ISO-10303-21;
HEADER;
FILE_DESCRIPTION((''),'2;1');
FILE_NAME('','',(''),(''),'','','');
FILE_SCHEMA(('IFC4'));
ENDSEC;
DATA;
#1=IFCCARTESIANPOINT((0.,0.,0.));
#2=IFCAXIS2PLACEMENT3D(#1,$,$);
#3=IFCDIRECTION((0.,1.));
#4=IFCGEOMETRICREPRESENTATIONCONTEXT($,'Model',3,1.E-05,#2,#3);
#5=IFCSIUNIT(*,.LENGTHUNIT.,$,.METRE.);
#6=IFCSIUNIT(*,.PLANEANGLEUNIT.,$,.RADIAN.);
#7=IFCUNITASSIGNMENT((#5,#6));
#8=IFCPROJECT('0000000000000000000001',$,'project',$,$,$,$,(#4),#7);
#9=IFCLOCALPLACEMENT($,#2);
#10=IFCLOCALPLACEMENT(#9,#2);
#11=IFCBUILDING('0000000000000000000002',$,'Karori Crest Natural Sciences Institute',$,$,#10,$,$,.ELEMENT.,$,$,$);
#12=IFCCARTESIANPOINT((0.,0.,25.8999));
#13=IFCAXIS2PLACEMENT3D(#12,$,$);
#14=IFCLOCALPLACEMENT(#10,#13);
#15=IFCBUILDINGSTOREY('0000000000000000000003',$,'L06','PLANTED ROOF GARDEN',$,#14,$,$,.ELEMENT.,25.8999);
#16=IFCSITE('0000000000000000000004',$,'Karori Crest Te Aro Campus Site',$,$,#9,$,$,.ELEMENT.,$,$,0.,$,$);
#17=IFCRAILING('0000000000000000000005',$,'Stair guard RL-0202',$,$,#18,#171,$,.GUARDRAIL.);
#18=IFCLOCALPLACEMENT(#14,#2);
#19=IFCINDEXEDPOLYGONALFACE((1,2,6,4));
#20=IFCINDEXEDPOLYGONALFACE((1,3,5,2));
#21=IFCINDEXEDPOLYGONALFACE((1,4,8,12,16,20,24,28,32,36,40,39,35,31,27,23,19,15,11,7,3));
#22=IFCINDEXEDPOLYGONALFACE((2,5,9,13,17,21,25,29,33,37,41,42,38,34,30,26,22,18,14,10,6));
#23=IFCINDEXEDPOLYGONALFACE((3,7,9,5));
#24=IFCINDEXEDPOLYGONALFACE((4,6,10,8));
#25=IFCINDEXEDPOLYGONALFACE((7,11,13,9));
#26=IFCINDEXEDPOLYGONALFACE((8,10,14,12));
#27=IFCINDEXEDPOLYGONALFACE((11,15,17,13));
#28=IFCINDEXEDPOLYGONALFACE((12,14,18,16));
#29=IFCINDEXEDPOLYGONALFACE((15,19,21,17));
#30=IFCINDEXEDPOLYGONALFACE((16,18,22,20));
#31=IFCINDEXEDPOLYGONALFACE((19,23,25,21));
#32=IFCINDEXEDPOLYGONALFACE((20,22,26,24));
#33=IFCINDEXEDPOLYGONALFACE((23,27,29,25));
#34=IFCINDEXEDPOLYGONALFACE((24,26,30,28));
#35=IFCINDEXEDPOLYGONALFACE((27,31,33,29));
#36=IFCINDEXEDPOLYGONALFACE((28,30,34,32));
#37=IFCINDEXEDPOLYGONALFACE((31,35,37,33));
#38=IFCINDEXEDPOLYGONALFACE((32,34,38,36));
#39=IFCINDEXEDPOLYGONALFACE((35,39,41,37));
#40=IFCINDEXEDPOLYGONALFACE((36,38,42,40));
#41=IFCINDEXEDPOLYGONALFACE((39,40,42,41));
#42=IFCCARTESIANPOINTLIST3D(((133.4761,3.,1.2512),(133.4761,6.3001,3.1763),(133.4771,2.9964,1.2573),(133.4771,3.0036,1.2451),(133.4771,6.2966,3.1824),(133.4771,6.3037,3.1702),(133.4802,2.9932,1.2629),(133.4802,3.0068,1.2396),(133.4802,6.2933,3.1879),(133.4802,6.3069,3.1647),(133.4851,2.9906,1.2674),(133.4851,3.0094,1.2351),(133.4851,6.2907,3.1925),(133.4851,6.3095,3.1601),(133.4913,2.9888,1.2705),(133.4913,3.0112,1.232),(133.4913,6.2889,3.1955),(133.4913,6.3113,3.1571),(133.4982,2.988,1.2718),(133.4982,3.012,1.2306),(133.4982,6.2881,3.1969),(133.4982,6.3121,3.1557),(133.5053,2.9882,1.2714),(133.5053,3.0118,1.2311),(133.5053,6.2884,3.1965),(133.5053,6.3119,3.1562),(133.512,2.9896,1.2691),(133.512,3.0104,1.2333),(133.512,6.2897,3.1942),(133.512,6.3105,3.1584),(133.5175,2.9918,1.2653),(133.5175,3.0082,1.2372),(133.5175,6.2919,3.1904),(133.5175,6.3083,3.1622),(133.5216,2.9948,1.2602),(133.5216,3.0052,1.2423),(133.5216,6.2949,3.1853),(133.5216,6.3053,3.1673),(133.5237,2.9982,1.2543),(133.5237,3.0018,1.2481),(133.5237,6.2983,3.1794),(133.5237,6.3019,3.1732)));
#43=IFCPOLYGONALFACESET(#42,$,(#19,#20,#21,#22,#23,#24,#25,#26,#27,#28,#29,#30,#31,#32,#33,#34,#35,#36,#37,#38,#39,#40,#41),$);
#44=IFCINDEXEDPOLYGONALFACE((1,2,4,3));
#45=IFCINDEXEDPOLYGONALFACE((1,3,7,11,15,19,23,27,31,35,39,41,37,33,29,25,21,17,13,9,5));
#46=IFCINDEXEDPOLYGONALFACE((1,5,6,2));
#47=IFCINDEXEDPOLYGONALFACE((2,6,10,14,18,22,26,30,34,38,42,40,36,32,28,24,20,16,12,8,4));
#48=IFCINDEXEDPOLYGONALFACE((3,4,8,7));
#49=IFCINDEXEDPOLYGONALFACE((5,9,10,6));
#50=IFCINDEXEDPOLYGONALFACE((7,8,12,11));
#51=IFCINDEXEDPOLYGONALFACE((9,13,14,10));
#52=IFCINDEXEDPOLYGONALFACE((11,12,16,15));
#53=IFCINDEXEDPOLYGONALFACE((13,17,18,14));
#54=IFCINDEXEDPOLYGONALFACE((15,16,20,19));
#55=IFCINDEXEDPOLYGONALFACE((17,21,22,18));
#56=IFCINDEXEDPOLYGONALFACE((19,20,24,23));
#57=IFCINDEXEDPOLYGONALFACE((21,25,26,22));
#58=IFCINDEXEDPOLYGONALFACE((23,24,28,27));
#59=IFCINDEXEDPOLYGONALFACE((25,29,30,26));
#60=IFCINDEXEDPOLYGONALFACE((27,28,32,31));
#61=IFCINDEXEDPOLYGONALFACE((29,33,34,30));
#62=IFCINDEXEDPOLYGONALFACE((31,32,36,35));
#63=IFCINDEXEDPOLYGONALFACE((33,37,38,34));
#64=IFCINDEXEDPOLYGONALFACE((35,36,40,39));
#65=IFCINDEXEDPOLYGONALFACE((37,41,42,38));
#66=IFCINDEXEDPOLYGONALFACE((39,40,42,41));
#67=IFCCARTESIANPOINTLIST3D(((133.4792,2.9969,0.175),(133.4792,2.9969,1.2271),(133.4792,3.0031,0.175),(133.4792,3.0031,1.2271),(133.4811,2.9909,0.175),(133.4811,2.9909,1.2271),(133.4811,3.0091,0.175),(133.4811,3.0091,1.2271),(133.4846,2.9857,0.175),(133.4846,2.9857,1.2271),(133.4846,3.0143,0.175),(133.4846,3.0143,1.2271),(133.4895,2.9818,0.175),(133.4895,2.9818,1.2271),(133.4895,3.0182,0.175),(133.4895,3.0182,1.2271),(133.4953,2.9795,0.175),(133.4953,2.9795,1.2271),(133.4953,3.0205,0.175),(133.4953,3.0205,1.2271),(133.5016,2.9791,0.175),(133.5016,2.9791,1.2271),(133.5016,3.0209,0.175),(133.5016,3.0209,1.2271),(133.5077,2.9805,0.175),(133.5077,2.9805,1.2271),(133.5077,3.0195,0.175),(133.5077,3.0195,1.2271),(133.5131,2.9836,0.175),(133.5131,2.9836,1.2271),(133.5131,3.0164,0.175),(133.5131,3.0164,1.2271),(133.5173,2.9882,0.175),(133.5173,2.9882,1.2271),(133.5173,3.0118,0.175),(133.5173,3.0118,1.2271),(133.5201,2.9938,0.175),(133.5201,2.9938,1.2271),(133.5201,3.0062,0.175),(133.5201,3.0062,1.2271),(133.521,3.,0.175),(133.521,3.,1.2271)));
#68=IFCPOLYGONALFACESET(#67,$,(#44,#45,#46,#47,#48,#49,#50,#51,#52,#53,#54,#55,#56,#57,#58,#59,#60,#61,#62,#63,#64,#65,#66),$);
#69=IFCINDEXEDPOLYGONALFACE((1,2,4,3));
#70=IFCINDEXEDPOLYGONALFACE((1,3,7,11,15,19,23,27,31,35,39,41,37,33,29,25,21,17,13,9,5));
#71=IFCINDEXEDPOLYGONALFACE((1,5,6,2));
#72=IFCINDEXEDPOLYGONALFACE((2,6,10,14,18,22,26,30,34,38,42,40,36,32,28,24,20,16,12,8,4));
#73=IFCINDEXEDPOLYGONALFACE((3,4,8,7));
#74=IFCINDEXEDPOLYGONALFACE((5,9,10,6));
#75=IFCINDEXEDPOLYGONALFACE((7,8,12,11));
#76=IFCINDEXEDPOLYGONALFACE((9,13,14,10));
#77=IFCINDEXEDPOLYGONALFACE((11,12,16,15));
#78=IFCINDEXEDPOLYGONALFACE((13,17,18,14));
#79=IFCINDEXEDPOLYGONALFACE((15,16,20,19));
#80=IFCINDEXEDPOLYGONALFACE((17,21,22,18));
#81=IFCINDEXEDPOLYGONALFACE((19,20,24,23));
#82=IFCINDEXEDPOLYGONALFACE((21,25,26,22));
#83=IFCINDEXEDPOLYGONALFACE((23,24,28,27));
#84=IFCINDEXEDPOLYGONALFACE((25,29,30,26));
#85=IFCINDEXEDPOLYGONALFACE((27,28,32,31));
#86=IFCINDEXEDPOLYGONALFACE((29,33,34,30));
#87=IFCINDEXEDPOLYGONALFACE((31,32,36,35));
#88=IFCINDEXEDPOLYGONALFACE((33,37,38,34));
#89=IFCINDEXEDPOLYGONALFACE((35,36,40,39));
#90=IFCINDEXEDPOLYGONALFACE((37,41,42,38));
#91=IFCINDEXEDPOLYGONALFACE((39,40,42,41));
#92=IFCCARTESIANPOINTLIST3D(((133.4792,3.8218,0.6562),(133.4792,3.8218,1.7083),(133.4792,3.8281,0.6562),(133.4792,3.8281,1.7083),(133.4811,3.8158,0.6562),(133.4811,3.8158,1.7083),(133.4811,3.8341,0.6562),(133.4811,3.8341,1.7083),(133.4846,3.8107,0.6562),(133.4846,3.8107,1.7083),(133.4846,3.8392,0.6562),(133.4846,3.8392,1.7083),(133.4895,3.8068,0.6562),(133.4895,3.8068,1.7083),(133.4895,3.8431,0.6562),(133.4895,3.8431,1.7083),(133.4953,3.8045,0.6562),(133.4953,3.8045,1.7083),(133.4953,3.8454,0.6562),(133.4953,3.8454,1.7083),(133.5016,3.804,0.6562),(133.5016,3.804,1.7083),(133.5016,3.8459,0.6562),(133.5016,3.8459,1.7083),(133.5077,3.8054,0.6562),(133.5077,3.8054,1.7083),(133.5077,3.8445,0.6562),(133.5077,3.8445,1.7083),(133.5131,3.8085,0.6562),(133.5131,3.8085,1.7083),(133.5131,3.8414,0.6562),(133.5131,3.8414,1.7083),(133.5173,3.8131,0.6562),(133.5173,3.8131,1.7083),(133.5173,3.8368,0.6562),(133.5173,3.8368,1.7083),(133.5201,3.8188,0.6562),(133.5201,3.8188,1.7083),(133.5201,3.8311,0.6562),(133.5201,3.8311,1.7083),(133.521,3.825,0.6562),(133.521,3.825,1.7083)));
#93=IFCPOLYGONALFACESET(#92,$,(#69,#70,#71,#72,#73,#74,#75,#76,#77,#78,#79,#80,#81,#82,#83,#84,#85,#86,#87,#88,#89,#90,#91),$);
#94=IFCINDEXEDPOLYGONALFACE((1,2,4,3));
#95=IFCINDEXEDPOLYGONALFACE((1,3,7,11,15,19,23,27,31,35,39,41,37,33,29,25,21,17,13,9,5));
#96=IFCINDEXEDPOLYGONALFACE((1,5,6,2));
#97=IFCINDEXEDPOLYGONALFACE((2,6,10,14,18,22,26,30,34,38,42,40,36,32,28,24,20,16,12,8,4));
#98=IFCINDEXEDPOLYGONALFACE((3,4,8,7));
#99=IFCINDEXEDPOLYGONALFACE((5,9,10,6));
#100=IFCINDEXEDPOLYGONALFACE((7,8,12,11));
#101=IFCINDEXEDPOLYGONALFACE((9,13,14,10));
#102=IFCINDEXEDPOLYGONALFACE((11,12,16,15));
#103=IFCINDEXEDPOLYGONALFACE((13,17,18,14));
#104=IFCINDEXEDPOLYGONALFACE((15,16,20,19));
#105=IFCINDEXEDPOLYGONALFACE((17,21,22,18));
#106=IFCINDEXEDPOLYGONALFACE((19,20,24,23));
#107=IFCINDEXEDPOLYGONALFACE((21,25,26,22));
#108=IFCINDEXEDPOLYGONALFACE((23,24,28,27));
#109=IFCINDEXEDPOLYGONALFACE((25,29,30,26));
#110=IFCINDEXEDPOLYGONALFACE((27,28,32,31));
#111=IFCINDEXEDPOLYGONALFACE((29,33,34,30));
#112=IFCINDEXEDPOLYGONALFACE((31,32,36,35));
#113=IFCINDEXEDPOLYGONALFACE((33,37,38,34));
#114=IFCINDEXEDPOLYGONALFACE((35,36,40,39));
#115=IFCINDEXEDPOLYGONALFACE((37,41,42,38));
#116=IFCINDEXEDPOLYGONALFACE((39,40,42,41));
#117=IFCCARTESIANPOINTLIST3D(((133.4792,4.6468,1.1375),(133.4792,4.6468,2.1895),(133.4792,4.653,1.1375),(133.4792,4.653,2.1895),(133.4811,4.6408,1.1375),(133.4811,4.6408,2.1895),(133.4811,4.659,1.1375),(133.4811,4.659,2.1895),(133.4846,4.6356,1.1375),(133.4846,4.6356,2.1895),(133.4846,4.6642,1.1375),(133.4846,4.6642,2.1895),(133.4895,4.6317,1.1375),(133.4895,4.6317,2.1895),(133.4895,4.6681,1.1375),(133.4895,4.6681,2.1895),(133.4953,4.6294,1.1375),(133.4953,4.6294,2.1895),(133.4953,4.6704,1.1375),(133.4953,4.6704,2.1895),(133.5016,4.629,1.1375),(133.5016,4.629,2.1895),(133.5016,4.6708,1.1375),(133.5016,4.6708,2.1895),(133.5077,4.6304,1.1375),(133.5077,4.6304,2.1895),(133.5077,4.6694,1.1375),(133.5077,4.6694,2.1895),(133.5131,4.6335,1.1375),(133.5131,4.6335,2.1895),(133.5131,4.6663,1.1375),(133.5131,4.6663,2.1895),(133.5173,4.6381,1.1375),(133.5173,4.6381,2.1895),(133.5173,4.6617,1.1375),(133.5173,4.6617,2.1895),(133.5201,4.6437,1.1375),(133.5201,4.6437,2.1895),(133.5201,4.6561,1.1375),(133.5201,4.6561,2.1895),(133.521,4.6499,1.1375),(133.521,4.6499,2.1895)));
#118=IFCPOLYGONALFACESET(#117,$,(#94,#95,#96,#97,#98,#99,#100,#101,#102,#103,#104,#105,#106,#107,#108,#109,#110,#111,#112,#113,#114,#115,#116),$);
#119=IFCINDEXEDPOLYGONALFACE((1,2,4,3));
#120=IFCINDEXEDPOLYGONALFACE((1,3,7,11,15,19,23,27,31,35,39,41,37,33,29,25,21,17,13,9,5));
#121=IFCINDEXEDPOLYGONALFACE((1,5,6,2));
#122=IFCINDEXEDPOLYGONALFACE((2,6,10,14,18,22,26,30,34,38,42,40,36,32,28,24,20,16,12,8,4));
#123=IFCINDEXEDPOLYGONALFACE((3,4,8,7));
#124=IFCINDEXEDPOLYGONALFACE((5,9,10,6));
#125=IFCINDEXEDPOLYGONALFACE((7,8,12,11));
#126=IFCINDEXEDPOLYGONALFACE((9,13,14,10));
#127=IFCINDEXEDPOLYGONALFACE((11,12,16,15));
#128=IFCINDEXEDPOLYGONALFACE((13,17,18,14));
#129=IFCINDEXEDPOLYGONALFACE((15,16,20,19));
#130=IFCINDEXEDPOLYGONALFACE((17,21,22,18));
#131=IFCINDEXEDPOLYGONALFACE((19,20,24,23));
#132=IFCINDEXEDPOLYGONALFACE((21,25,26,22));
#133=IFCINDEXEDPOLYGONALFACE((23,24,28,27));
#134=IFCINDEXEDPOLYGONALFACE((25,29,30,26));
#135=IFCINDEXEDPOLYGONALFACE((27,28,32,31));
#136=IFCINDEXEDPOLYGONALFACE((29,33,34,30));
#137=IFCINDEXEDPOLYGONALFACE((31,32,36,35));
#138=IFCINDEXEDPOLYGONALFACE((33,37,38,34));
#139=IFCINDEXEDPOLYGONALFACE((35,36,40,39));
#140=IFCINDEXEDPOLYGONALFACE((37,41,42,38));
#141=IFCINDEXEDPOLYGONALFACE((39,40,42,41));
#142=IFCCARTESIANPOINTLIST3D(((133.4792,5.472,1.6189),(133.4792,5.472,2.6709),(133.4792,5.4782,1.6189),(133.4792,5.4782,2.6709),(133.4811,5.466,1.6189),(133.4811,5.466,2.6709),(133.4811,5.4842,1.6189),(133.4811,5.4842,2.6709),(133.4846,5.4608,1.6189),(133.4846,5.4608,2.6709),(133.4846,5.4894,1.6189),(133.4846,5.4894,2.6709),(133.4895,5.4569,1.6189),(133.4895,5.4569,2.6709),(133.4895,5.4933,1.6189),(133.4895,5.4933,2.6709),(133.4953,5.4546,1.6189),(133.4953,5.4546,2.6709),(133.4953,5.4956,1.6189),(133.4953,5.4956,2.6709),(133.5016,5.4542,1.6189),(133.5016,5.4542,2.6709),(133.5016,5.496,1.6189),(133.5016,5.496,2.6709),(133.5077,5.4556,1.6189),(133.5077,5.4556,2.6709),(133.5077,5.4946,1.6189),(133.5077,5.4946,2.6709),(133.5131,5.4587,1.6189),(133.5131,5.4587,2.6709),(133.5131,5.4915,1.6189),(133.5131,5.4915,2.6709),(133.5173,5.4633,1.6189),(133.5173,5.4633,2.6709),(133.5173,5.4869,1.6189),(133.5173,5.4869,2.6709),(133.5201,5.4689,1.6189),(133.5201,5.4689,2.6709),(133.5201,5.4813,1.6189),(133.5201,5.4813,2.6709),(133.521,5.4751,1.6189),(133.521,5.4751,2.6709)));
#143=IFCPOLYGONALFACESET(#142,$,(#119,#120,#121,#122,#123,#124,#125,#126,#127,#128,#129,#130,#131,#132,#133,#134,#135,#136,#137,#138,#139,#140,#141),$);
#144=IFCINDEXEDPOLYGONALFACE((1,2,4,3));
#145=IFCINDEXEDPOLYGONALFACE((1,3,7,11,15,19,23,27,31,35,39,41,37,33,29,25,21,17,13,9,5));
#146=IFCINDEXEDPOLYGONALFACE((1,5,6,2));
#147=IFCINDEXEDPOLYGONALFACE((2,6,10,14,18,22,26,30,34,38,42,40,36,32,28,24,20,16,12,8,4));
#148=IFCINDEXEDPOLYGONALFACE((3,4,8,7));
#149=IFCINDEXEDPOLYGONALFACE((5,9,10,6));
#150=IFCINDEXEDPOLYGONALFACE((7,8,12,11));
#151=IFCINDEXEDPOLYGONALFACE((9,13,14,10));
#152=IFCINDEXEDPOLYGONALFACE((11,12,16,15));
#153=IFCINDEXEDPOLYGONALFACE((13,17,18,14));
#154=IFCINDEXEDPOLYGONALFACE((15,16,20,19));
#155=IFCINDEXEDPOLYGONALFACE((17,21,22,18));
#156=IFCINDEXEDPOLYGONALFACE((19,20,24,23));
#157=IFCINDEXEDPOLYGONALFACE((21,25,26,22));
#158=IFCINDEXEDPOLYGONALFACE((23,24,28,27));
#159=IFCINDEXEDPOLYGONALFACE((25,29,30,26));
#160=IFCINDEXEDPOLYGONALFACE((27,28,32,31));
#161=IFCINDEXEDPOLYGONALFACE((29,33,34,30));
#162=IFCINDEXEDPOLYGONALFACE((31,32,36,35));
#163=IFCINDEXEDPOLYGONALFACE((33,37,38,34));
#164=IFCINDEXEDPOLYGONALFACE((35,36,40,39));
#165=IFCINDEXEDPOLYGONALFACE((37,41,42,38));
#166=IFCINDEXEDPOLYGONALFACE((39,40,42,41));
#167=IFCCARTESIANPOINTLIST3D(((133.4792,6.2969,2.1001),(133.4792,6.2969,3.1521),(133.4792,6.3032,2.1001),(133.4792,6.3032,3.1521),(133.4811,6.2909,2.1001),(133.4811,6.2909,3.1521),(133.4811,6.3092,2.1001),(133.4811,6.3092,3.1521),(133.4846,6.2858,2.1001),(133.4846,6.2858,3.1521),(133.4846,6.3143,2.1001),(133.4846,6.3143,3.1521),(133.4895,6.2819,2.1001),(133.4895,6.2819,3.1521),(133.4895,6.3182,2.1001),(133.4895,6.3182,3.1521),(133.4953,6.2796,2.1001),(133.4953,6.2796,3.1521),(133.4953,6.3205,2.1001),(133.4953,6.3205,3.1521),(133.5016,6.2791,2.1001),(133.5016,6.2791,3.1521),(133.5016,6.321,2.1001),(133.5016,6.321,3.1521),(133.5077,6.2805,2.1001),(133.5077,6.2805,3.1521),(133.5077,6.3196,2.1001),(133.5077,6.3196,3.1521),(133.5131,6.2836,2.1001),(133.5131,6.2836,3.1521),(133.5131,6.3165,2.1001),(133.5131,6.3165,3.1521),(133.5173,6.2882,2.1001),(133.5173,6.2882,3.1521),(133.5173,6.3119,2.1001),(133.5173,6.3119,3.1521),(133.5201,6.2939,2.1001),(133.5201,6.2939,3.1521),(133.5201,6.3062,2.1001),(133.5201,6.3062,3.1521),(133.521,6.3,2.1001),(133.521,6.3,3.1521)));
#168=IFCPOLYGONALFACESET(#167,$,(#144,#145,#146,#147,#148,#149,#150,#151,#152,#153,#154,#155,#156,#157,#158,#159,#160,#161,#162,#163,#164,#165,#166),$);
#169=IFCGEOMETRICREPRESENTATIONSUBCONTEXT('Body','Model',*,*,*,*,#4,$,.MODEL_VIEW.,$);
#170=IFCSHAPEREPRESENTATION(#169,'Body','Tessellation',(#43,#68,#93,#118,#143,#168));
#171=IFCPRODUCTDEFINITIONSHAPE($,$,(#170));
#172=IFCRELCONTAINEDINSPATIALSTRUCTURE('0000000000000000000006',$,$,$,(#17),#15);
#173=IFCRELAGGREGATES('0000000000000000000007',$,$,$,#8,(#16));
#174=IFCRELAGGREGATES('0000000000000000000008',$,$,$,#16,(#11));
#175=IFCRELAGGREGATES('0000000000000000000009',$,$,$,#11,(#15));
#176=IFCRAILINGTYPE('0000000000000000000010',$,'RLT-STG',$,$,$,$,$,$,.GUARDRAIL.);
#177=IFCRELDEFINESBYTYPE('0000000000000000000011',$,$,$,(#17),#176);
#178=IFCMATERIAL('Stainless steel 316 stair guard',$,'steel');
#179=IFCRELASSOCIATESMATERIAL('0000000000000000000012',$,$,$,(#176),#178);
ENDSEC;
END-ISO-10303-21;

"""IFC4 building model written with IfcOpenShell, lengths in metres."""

from ifc_helpers import new_model, si_unit, direction, frame, origin, origin_2d, place, context, subcontext, project, spatial, circle, extrude, material, type_object, element, save


model = new_model("IFC4")

# Units and contexts
model_context = context("Model", 3, precision=1e-05, world=origin(), true_north=direction((0.0, 1.0)))
body_context = subcontext(model_context, "Body", "Model", "MODEL_VIEW")
ifc_project = project(units=[si_unit("LENGTHUNIT", "METRE"), si_unit("PLANEANGLEUNIT", "RADIAN")], contexts=[model_context])

# Site, building, storey
site_placement = place(None, origin())
site = spatial("IfcSite", under=ifc_project, at=site_placement, Name="Karori Crest Te Aro Campus Site", CompositionType="ELEMENT", RefElevation=0.0)
building_placement = place(site_placement, origin())
building = spatial("IfcBuilding", under=site, at=building_placement, Name="Karori Crest Natural Sciences Institute", CompositionType="ELEMENT")
storey_placement = place(building_placement, frame((0.0, 0.0, 25.8999)))
storey = spatial("IfcBuildingStorey", under=building, at=storey_placement, Name="L06", Description="PLANTED ROOF GARDEN", CompositionType="ELEMENT", Elevation=25.8999)

# Railing
ifc_material_1 = material(Name="Stainless steel 316 stair guard", Category="steel")
railing_type_1 = type_object("IfcRailingType", Name="RLT-STG", PredefinedType="GUARDRAIL", material=ifc_material_1)
railing_1_placement = place(storey_placement, frame((133.5, 3.0, 0.175)))
element("IfcRailing", 1, at=railing_1_placement, inside=storey, type_object=railing_type_1, Name="Stair guard RL-0202", PredefinedType="GUARDRAIL", context=body_context, shape_type="SweptSolid", body=[
    extrude(circle(Radius=0.0239, at=origin_2d()), frame((0.0, 0.0, 1.0762), z_axis=(0.0, 0.863777, 0.503875), x_axis=(-1.0, 0.0, 0.0)), (0.0, 0.0, 1.0), 3.8206),
    extrude(circle(Radius=0.021, at=origin_2d()), origin(), (0.0, 0.0, 1.0), 1.052),
    extrude(circle(Radius=0.021, at=origin_2d()), frame((0.0, 0.825, 0.4812)), (0.0, 0.0, 1.0), 1.052),
    extrude(circle(Radius=0.021, at=origin_2d()), frame((0.0, 1.6499, 0.9624)), (0.0, 0.0, 1.0), 1.052),
    extrude(circle(Radius=0.021, at=origin_2d()), frame((0.0, 2.4751, 1.4438)), (0.0, 0.0, 1.0), 1.052),
    extrude(circle(Radius=0.021, at=origin_2d()), frame((0.0, 3.3, 1.925)), (0.0, 0.0, 1.0), 1.052),
])

save(model, "model.ifc")
